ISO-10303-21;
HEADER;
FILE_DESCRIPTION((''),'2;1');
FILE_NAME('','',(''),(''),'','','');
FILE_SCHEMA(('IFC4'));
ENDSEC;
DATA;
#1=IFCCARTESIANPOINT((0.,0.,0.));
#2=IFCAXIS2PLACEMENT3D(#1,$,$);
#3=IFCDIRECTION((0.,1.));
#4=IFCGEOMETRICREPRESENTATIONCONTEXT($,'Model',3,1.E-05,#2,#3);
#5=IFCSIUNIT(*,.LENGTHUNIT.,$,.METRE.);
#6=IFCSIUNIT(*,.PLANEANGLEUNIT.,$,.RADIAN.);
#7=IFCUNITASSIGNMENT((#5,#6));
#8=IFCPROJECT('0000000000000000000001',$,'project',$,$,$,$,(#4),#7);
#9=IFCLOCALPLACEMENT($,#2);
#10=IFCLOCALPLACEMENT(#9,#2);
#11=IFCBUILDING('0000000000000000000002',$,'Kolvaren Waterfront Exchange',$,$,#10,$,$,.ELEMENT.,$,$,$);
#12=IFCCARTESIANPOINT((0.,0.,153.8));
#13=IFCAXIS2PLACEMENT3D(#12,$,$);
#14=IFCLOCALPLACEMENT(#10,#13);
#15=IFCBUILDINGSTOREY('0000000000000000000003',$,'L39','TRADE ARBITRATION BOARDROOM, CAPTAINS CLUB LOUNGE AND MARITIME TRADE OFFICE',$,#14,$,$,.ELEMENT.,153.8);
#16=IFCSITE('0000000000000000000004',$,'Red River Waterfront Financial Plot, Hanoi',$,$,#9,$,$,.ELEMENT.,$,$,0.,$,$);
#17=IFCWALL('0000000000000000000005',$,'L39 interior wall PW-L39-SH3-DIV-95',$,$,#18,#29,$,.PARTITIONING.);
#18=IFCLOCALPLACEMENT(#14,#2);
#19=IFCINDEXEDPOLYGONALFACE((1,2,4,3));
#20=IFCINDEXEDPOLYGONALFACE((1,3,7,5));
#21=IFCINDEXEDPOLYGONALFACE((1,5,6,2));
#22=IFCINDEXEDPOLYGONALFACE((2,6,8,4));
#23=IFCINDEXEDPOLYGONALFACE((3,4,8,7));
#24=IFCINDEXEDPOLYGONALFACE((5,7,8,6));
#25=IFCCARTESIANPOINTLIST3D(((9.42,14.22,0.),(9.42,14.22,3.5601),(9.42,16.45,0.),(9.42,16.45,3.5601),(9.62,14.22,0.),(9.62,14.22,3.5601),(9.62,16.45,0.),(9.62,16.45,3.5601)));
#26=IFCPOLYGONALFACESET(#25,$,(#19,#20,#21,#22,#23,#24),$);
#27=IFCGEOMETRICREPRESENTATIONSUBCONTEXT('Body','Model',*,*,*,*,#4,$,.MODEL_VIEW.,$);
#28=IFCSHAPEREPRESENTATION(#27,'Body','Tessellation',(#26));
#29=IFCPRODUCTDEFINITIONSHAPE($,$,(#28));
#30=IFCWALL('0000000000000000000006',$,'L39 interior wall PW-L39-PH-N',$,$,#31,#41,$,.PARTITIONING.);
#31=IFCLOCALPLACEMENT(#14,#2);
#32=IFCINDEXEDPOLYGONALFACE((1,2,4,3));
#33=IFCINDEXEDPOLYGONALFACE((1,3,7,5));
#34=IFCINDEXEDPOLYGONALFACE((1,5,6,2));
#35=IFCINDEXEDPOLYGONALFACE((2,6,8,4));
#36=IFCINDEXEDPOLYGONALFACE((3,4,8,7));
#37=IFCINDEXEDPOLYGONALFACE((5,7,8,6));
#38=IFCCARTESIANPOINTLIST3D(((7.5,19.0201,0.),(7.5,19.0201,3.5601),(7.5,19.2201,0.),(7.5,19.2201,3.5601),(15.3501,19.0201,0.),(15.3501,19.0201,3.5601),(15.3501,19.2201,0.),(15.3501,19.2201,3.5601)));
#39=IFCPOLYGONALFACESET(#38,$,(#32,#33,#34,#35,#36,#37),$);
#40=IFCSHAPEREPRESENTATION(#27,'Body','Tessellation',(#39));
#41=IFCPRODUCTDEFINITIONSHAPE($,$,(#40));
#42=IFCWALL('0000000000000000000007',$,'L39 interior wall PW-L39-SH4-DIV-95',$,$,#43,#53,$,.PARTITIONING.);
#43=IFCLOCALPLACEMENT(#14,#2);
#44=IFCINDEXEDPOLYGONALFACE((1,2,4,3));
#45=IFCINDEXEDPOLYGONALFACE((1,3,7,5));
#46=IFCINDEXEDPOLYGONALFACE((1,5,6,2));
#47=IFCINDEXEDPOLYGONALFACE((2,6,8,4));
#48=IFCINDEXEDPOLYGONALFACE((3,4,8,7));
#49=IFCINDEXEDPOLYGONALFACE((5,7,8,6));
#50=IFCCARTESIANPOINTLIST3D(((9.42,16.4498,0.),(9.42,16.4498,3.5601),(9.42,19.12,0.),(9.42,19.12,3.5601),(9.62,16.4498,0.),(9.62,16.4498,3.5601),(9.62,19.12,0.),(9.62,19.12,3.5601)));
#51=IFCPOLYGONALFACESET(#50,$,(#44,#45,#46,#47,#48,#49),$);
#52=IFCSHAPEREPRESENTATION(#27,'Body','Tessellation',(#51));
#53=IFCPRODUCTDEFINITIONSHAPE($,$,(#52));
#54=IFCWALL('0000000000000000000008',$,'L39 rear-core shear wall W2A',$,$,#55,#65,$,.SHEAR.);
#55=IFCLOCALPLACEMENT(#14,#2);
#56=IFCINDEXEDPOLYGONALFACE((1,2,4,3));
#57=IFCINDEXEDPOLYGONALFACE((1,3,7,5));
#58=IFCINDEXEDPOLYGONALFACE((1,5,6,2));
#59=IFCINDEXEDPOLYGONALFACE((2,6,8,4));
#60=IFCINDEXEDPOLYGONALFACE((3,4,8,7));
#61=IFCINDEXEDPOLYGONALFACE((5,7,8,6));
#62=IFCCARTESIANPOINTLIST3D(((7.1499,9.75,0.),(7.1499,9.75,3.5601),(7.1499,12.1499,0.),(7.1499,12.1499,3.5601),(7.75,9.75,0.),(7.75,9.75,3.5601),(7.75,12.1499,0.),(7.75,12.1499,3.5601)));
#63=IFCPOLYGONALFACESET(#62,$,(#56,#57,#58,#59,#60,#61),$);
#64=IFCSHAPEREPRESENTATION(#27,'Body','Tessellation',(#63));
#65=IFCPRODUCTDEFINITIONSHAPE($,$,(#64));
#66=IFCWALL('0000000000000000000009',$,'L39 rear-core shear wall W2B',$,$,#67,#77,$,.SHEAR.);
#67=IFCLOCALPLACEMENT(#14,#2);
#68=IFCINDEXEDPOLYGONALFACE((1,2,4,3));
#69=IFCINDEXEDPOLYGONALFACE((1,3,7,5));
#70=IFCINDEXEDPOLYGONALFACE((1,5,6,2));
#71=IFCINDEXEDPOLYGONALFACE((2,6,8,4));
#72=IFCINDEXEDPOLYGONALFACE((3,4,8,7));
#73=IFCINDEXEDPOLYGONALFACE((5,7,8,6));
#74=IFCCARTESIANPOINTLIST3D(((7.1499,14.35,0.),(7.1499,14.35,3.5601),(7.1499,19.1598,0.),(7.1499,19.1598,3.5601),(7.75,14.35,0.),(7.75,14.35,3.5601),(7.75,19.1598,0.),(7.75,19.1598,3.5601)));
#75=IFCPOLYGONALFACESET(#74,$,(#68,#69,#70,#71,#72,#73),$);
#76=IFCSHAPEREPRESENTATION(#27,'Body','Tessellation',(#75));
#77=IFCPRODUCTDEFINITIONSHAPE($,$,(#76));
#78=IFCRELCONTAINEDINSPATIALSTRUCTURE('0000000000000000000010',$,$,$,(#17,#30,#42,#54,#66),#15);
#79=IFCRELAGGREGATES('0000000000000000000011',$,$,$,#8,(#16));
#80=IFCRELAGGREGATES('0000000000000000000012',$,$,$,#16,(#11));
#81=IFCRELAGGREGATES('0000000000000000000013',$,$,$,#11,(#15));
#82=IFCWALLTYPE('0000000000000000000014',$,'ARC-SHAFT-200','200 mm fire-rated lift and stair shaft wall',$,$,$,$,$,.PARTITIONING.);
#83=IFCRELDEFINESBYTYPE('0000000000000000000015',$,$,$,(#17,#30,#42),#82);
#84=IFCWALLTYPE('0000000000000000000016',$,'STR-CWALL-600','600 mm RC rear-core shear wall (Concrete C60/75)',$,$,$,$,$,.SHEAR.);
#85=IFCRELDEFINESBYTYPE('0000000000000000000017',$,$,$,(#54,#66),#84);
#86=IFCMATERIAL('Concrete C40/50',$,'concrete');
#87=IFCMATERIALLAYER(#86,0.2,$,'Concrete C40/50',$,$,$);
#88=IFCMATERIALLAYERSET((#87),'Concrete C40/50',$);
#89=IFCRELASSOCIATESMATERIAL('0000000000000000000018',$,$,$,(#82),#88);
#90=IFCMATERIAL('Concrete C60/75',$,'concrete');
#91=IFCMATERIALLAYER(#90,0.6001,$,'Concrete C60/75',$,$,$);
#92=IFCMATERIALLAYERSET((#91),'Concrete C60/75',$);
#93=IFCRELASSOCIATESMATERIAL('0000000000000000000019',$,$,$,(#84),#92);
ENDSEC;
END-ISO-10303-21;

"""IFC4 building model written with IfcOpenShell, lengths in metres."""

from ifc_helpers import new_model, si_unit, direction, frame, frame_2d, origin, place, context, subcontext, project, spatial, rectangle, extrude, material, layer, layer_set, type_object, element, save


model = new_model("IFC4")

# Units and contexts
model_context = context("Model", 3, precision=1e-05, world=origin(), true_north=direction((0.0, 1.0)))
body_context = subcontext(model_context, "Body", "Model", "MODEL_VIEW")
ifc_project = project(units=[si_unit("LENGTHUNIT", "METRE"), si_unit("PLANEANGLEUNIT", "RADIAN")], contexts=[model_context])

# Site, building, storey
site_placement = place(None, origin())
site = spatial("IfcSite", under=ifc_project, at=site_placement, Name="Red River Waterfront Financial Plot, Hanoi", CompositionType="ELEMENT", RefElevation=0.0)
building_placement = place(site_placement, origin())
building = spatial("IfcBuilding", under=site, at=building_placement, Name="Kolvaren Waterfront Exchange", CompositionType="ELEMENT")
storey_placement = place(building_placement, frame((0.0, 0.0, 153.8)))
storey = spatial("IfcBuildingStorey", under=building, at=storey_placement, Name="L39", Description="TRADE ARBITRATION BOARDROOM, CAPTAINS CLUB LOUNGE AND MARITIME TRADE OFFICE", CompositionType="ELEMENT", Elevation=153.8)

# Shared definitions
ifc_material_1 = material(Name="Concrete C60/75", Category="concrete")

# Shared definitions
ifc_material_2 = material(Name="Concrete C40/50", Category="concrete")
ifc_layer_1 = layer(ifc_material_2, 0.2, Name="Concrete C40/50")
ifc_layer_set_1 = layer_set([ifc_layer_1], Name="Concrete C40/50")
wall_type_1 = type_object("IfcWallType", Name="ARC-SHAFT-200", Description="200 mm fire-rated lift and stair shaft wall", PredefinedType="PARTITIONING", material=ifc_layer_set_1)

# Walls
wall_1_placement = place(storey_placement, frame((9.52, 14.22, 0.0), z_axis=(0.0, 0.0, 1.0), x_axis=(0.0, 1.0, 0.0)))
element("IfcWall", 1, at=wall_1_placement, inside=storey, type_object=wall_type_1, Name="L39 interior wall PW-L39-SH3-DIV-95", PredefinedType="PARTITIONING", context=body_context, shape_type="SweptSolid", body=[
    extrude(rectangle(XDim=2.23, YDim=0.2, at=frame_2d((1.115, 0.0))), origin(), (0.0, 0.0, 1.0), 3.5601),
])
wall_2_placement = place(storey_placement, frame((7.5, 19.1201, 0.0), z_axis=(0.0, 0.0, 1.0), x_axis=(1.0, 0.0, 0.0)))
element("IfcWall", 2, at=wall_2_placement, inside=storey, type_object=wall_type_1, Name="L39 interior wall PW-L39-PH-N", PredefinedType="PARTITIONING", context=body_context, shape_type="SweptSolid", body=[
    extrude(rectangle(XDim=7.8501, YDim=0.2, at=frame_2d((3.925, 0.0))), origin(), (0.0, 0.0, 1.0), 3.5601),
])
wall_3_placement = place(storey_placement, frame((9.52, 16.45, 0.0), z_axis=(0.0, 0.0, 1.0), x_axis=(0.0, 1.0, 0.0)))
element("IfcWall", 3, at=wall_3_placement, inside=storey, type_object=wall_type_1, Name="L39 interior wall PW-L39-SH4-DIV-95", PredefinedType="PARTITIONING", context=body_context, shape_type="SweptSolid", body=[
    extrude(rectangle(XDim=2.6702, YDim=0.2, at=frame_2d((1.335, 0.0))), origin(), (0.0, 0.0, 1.0), 3.5601),
])
ifc_layer_2 = layer(ifc_material_1, 0.6001, Name="Concrete C60/75")
ifc_layer_set_2 = layer_set([ifc_layer_2], Name="Concrete C60/75")
wall_type_2 = type_object("IfcWallType", Name="STR-CWALL-600", Description="600 mm RC rear-core shear wall (Concrete C60/75)", PredefinedType="SHEAR", material=ifc_layer_set_2)
wall_4_placement = place(storey_placement, frame((7.45, 9.75, 0.0), z_axis=(0.0, 0.0, 1.0), x_axis=(0.0, 1.0, 0.0)))
element("IfcWall", 4, at=wall_4_placement, inside=storey, type_object=wall_type_2, Name="L39 rear-core shear wall W2A", PredefinedType="SHEAR", context=body_context, shape_type="SweptSolid", body=[
    extrude(rectangle(XDim=2.3999, YDim=0.6001, at=frame_2d((1.2, 0.0))), origin(), (0.0, 0.0, 1.0), 3.5601),
])
wall_5_placement = place(storey_placement, frame((7.45, 14.3501, 0.0), z_axis=(0.0, 0.0, 1.0), x_axis=(0.0, 1.0, 0.0)))
element("IfcWall", 5, at=wall_5_placement, inside=storey, type_object=wall_type_2, Name="L39 rear-core shear wall W2B", PredefinedType="SHEAR", context=body_context, shape_type="SweptSolid", body=[
    extrude(rectangle(XDim=4.8098, YDim=0.6001, at=frame_2d((2.4048, 0.0))), origin(), (0.0, 0.0, 1.0), 3.5601),
])

save(model, "model.ifc")
